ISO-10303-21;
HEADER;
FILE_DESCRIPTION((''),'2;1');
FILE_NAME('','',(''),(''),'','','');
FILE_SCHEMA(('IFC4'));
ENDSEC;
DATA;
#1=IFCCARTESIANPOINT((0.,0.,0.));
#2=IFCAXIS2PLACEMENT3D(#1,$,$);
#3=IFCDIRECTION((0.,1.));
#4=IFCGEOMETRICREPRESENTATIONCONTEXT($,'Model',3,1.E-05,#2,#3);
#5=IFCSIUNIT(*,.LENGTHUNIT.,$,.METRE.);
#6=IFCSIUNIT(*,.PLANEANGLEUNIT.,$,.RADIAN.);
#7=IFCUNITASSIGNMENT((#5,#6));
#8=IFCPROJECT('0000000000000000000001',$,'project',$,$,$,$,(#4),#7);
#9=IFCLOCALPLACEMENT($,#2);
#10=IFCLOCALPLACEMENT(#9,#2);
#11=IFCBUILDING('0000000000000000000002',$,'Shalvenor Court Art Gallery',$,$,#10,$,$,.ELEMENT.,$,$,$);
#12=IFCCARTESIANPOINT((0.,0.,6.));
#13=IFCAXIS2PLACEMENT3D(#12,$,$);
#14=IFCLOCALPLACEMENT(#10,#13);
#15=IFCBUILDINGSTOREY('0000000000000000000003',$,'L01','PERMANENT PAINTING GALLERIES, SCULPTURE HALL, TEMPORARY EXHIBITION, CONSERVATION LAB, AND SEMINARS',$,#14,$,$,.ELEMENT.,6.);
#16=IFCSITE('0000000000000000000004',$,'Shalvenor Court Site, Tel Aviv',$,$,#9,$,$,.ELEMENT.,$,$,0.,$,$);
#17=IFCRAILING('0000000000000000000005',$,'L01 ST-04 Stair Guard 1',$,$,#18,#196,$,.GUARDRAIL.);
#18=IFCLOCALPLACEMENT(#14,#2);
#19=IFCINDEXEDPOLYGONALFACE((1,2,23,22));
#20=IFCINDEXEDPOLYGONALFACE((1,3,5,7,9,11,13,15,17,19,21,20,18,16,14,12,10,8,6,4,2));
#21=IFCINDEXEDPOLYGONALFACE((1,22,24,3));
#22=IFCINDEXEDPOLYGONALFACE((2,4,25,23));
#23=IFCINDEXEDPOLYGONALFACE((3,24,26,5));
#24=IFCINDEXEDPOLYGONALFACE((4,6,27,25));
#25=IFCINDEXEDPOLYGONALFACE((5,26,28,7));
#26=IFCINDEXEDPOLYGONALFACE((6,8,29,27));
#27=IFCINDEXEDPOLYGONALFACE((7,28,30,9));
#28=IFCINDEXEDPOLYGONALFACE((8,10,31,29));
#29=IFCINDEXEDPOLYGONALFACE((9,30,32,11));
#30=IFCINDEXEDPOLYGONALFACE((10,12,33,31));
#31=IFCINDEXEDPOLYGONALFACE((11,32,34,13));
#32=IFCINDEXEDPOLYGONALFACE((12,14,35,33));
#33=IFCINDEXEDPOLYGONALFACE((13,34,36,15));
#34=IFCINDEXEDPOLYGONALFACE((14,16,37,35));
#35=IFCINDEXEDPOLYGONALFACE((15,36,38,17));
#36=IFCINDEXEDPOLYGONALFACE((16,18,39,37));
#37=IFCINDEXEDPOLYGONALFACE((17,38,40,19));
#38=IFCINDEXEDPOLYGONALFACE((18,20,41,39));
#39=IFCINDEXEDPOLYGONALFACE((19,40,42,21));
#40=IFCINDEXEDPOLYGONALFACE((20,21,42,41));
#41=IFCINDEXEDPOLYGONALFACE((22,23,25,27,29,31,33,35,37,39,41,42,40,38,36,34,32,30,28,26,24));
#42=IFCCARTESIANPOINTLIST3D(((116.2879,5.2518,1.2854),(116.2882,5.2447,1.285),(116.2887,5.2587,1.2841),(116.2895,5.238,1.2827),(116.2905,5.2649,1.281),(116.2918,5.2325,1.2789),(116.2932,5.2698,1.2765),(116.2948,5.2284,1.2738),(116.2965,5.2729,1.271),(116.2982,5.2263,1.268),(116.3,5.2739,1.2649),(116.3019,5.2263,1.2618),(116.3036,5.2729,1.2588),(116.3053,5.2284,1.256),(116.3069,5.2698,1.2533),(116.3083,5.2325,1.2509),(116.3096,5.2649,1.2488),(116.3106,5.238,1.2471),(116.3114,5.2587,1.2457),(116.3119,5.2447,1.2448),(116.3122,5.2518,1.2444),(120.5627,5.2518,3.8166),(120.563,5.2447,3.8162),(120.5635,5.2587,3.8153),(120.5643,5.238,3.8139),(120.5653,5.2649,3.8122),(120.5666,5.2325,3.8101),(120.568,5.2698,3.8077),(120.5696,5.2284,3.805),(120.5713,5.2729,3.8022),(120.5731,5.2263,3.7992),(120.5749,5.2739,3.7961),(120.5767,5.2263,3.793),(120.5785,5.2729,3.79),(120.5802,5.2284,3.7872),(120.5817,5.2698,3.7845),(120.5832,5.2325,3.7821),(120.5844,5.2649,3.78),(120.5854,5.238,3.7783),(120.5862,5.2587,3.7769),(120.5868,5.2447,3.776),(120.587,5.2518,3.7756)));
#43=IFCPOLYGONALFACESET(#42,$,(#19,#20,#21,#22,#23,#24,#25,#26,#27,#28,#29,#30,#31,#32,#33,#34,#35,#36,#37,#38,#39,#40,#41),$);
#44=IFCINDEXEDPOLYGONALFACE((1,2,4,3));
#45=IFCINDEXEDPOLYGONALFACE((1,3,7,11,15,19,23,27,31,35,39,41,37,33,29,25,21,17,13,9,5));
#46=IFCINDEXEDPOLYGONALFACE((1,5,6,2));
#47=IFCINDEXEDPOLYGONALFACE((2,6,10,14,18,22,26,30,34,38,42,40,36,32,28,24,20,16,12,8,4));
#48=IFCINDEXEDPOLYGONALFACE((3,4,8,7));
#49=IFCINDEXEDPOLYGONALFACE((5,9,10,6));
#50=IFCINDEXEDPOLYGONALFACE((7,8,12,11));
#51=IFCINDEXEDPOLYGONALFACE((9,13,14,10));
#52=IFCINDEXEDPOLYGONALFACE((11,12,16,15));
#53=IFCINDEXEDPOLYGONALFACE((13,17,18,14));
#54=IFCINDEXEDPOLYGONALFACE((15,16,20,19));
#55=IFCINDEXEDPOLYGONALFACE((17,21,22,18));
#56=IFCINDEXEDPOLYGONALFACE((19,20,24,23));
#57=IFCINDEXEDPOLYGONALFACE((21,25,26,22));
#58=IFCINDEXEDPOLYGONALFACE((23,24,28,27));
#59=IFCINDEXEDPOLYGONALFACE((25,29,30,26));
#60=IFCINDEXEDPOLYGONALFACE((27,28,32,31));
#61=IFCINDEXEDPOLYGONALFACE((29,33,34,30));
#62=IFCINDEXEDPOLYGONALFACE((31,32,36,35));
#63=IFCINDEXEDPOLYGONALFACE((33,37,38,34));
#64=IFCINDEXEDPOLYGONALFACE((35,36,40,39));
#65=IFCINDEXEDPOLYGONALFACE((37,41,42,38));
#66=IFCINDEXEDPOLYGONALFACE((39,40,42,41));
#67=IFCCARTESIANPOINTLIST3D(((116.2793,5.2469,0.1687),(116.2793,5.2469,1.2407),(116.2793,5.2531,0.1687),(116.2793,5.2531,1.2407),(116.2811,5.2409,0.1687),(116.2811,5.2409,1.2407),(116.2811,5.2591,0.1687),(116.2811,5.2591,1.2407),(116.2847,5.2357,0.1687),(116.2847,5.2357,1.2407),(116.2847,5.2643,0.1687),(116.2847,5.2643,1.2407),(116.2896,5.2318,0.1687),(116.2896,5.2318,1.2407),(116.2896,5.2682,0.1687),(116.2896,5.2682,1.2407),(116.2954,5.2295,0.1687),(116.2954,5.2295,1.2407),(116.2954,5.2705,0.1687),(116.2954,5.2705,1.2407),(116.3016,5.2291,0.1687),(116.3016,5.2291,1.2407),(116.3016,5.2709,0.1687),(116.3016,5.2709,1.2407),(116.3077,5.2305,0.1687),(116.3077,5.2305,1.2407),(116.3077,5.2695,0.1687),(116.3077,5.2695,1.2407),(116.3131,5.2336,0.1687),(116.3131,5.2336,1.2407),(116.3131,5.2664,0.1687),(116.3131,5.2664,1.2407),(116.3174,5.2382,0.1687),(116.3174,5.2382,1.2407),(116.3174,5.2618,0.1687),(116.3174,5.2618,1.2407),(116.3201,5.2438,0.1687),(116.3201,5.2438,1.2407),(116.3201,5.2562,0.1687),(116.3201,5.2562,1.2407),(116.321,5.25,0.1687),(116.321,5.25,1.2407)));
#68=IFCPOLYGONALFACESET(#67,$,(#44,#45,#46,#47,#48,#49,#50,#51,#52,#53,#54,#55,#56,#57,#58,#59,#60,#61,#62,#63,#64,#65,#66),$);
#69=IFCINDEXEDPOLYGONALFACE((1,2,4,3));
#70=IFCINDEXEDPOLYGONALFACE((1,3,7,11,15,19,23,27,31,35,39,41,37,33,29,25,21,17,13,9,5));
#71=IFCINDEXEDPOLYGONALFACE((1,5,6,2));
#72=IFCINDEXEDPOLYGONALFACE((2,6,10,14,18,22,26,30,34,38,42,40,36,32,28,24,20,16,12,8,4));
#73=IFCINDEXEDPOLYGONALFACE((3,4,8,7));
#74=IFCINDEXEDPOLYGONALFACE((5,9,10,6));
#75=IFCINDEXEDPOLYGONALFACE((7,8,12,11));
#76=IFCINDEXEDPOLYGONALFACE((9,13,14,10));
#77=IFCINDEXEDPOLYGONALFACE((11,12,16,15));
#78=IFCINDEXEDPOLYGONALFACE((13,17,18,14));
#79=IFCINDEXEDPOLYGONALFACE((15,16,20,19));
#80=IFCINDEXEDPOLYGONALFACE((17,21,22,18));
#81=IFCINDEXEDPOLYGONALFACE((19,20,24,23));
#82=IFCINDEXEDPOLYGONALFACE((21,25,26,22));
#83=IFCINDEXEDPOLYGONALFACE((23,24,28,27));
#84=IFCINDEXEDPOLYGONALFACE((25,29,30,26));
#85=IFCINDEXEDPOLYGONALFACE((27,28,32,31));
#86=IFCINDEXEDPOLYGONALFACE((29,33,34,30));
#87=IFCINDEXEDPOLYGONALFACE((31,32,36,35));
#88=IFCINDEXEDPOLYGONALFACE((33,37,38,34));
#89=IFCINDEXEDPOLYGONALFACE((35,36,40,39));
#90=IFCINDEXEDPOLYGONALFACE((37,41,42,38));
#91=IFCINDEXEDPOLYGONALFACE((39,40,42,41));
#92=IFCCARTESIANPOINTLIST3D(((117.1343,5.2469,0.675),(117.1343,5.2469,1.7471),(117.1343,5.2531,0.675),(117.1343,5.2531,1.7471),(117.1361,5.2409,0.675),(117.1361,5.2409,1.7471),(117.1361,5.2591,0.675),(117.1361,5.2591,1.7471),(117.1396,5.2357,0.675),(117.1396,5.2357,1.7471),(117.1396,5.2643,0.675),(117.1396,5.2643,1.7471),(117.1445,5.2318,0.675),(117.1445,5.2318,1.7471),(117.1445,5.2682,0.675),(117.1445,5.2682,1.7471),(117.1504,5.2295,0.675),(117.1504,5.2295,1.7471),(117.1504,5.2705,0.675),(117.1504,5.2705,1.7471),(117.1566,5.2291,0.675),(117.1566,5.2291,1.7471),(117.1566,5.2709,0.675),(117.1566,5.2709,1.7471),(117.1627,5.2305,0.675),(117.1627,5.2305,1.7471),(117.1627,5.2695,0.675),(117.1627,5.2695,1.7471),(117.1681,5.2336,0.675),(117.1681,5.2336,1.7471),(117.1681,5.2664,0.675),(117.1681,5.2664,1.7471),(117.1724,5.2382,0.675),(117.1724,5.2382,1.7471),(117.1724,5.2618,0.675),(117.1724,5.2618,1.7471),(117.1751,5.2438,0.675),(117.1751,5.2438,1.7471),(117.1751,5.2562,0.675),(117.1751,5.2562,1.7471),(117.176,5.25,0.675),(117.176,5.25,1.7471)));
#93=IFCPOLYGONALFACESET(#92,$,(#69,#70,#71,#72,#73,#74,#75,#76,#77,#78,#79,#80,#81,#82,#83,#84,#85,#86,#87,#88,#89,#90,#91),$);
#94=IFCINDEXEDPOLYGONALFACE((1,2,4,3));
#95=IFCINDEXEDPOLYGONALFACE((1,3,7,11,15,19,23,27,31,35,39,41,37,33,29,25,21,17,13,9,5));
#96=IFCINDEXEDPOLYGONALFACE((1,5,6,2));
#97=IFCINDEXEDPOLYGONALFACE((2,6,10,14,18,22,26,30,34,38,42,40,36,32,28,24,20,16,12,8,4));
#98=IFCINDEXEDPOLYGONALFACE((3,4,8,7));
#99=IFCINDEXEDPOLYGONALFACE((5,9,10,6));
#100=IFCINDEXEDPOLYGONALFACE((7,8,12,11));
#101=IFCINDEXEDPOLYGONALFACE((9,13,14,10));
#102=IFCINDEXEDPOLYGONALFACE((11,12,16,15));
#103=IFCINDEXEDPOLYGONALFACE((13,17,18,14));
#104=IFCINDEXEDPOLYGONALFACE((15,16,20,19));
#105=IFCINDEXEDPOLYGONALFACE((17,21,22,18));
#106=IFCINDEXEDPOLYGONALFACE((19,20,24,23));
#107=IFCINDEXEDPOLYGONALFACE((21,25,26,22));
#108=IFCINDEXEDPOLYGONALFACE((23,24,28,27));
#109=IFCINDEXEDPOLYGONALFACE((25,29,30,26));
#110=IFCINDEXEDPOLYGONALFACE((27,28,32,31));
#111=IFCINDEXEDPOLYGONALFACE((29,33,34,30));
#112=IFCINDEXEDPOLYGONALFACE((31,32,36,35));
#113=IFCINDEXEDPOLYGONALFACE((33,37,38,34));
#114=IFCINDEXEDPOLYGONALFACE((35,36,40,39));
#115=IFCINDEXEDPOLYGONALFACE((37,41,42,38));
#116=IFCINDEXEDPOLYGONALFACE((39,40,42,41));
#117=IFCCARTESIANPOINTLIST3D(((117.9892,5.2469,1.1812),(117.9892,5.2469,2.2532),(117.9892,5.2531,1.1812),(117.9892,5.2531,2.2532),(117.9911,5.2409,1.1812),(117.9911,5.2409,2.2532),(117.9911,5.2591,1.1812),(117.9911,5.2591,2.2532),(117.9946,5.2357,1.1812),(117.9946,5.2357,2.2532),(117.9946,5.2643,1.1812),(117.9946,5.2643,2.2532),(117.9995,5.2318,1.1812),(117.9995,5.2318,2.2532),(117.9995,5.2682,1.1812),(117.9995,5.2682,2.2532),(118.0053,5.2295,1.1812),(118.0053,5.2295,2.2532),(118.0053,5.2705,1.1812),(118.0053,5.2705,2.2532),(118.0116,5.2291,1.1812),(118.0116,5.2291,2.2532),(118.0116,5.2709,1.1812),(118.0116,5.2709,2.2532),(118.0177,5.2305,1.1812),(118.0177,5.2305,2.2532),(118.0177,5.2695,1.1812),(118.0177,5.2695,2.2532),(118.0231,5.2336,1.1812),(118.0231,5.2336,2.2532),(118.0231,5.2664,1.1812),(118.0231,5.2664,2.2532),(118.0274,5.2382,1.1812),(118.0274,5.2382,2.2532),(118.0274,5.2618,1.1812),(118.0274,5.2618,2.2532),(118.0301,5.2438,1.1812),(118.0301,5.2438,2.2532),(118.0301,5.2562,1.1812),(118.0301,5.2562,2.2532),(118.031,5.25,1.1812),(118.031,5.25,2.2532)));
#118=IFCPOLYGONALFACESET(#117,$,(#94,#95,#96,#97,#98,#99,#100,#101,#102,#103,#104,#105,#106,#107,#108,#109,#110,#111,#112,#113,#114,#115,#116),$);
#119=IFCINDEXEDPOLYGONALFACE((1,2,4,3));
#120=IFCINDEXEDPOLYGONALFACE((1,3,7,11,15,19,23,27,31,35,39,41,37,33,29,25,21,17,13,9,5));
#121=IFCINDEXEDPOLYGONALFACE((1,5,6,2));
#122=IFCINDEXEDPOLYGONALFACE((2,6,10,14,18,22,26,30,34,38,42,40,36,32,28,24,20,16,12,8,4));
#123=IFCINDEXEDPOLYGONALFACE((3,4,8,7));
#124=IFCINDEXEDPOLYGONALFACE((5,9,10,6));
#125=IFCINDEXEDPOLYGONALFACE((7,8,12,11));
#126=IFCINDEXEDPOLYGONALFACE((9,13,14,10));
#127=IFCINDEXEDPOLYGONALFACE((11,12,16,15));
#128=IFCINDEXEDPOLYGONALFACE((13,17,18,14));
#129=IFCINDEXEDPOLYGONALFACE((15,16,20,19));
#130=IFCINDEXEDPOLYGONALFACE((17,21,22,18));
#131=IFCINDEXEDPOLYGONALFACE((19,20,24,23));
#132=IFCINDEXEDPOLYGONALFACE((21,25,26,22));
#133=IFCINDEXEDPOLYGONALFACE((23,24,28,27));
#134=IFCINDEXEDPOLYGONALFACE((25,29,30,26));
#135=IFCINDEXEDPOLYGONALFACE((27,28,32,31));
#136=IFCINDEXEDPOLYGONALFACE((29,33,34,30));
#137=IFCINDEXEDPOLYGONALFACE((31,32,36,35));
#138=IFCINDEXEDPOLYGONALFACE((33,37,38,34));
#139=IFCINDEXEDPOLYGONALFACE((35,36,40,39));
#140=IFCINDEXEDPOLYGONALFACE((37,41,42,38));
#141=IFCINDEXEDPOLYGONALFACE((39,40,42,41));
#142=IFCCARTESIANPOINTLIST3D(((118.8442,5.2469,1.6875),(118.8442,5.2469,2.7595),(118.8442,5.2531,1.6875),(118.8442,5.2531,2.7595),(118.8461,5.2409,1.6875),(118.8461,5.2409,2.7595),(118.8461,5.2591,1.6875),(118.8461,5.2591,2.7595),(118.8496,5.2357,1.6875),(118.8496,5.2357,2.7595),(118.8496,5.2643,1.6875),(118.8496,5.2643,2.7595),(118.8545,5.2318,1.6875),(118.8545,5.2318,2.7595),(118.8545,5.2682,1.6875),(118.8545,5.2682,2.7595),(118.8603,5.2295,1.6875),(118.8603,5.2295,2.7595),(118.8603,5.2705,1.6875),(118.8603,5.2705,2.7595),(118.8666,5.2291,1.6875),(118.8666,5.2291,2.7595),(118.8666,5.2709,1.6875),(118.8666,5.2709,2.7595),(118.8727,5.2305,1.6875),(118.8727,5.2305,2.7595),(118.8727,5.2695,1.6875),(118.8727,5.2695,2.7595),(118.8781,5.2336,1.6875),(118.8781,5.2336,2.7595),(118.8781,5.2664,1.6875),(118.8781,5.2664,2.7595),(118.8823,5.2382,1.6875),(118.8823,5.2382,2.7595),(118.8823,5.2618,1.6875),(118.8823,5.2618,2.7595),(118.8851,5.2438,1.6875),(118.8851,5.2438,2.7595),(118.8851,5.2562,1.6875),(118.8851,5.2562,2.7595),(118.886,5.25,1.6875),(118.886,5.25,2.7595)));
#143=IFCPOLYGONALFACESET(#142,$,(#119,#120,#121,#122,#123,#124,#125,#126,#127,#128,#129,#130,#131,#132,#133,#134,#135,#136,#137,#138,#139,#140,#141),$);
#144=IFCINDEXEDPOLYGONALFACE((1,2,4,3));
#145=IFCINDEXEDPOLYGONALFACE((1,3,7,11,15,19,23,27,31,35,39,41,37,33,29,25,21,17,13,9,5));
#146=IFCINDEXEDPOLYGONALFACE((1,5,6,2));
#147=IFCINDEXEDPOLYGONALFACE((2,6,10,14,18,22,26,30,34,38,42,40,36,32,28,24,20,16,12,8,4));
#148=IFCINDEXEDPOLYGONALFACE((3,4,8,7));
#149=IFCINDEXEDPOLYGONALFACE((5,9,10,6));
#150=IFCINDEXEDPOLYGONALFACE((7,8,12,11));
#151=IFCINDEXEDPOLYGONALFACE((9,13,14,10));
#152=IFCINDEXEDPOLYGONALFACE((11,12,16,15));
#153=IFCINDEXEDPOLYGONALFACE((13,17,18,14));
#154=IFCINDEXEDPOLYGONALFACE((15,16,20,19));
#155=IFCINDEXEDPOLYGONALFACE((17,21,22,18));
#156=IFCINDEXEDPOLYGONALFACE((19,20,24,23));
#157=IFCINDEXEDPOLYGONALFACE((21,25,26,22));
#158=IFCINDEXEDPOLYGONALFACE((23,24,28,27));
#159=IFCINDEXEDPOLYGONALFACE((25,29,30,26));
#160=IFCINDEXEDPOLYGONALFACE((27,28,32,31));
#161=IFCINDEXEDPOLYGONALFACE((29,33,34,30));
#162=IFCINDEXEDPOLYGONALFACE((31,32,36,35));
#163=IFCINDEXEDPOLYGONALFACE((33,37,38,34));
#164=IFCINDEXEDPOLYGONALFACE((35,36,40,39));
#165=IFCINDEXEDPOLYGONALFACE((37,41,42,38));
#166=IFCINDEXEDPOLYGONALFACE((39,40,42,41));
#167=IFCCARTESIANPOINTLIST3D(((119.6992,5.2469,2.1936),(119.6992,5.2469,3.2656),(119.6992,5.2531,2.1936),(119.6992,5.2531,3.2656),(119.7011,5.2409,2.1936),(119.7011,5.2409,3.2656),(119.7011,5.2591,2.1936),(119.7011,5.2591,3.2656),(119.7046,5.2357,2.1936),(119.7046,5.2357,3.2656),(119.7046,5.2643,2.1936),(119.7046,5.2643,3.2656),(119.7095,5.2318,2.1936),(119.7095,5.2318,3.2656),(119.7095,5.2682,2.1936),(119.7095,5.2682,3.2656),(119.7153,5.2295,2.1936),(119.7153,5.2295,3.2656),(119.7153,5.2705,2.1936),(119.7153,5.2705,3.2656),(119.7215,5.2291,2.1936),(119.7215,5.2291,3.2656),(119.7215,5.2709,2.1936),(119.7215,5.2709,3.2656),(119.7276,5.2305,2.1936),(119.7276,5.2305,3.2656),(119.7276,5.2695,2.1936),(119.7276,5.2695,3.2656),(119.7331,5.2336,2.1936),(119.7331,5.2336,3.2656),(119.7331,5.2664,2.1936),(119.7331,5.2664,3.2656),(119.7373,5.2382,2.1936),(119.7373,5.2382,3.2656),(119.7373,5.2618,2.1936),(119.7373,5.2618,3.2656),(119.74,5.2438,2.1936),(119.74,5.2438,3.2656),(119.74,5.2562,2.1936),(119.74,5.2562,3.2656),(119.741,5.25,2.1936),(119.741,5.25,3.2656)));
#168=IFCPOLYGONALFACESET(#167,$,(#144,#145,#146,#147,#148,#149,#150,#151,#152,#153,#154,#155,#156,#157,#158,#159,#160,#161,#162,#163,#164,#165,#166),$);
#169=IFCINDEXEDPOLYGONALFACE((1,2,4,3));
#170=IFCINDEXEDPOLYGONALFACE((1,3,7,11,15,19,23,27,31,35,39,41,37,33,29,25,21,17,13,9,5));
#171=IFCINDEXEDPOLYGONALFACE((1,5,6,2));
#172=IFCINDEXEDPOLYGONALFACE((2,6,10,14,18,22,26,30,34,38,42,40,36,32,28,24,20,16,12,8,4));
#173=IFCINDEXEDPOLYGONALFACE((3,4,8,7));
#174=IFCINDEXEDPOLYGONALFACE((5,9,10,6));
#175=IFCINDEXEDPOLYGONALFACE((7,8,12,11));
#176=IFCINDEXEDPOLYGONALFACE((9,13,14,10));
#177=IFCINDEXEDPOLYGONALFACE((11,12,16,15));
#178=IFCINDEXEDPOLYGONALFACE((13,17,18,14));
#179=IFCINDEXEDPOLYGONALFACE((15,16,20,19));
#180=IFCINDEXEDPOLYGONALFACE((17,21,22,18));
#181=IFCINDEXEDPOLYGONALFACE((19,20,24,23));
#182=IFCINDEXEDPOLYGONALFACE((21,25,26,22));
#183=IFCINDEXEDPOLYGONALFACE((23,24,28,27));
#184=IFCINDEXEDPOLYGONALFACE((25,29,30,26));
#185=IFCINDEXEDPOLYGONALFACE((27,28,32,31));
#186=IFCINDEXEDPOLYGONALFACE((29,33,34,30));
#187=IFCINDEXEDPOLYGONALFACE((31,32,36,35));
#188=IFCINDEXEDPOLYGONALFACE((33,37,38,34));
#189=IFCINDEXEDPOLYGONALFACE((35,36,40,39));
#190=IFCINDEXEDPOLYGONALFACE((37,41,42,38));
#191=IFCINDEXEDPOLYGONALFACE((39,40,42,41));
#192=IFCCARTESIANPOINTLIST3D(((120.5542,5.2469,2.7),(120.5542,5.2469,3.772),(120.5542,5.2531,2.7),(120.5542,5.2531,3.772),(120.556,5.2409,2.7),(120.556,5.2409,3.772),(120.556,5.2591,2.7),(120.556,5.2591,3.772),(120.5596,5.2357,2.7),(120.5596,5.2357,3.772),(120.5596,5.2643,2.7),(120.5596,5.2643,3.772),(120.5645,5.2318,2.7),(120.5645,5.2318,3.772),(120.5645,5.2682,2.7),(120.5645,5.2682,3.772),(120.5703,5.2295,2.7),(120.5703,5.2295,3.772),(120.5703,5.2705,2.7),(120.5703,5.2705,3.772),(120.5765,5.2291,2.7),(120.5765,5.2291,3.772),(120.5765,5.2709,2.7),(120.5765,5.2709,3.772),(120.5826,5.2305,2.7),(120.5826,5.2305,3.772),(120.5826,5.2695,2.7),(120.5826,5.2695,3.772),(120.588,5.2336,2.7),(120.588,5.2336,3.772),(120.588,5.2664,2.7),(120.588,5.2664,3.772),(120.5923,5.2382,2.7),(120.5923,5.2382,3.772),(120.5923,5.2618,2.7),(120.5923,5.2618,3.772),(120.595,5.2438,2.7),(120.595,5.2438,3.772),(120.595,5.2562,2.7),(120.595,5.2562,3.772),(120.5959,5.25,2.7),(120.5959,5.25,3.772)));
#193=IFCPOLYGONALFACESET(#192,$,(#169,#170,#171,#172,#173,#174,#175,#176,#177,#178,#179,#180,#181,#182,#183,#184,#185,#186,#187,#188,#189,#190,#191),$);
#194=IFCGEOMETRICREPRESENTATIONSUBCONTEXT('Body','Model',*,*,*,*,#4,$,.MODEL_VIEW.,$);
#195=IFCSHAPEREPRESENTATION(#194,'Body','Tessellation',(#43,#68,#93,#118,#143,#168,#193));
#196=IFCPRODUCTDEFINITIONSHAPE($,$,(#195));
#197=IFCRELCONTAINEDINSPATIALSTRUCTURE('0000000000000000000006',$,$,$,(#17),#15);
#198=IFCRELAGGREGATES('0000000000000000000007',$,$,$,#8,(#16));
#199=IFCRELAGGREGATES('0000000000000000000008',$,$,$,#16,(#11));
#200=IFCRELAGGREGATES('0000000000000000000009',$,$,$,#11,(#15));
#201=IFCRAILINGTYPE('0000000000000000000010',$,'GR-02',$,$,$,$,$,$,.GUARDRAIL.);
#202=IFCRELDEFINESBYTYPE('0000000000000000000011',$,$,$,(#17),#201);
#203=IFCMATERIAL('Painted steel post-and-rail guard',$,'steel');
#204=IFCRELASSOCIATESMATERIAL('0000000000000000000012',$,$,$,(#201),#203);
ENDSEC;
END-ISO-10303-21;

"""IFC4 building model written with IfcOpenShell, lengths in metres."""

from ifc_helpers import new_model, si_unit, direction, frame, origin, origin_2d, place, context, subcontext, project, spatial, circle, extrude, material, type_object, element, save


model = new_model("IFC4")

# Units and contexts
model_context = context("Model", 3, precision=1e-05, world=origin(), true_north=direction((0.0, 1.0)))
body_context = subcontext(model_context, "Body", "Model", "MODEL_VIEW")
ifc_project = project(units=[si_unit("LENGTHUNIT", "METRE"), si_unit("PLANEANGLEUNIT", "RADIAN")], contexts=[model_context])

# Site, building, storey
site_placement = place(None, origin())
site = spatial("IfcSite", under=ifc_project, at=site_placement, Name="Shalvenor Court Site, Tel Aviv", CompositionType="ELEMENT", RefElevation=0.0)
building_placement = place(site_placement, origin())
building = spatial("IfcBuilding", under=site, at=building_placement, Name="Shalvenor Court Art Gallery", CompositionType="ELEMENT")
storey_placement = place(building_placement, frame((0.0, 0.0, 6.0)))
storey = spatial("IfcBuildingStorey", under=building, at=storey_placement, Name="L01", Description="PERMANENT PAINTING GALLERIES, SCULPTURE HALL, TEMPORARY EXHIBITION, CONSERVATION LAB, AND SEMINARS", CompositionType="ELEMENT", Elevation=6.0)

# Railing
ifc_material_1 = material(Name="Painted steel post-and-rail guard", Category="steel")
railing_type_1 = type_object("IfcRailingType", Name="GR-02", PredefinedType="GUARDRAIL", material=ifc_material_1)
railing_1_placement = place(storey_placement, frame((116.3, 5.25, 0.1687)))
element("IfcRailing", 1, at=railing_1_placement, inside=storey, type_object=railing_type_1, Name="L01 ST-04 Stair Guard 1", PredefinedType="GUARDRAIL", context=body_context, shape_type="SweptSolid", body=[
    extrude(circle(Radius=0.0239, at=origin_2d()), frame((0.0, 0.0, 1.0962), z_axis=(0.86047, 0.0, 0.509501), x_axis=(0.0, 1.0, 0.0)), (0.0, 0.0, 1.0), 4.968),
    extrude(circle(Radius=0.021, at=origin_2d()), origin(), (0.0, 0.0, 1.0), 1.072),
    extrude(circle(Radius=0.021, at=origin_2d()), frame((0.855, 0.0, 0.5063)), (0.0, 0.0, 1.0), 1.072),
    extrude(circle(Radius=0.021, at=origin_2d()), frame((1.71, 0.0, 1.0125)), (0.0, 0.0, 1.0), 1.072),
    extrude(circle(Radius=0.021, at=origin_2d()), frame((2.5649, 0.0, 1.5188)), (0.0, 0.0, 1.0), 1.072),
    extrude(circle(Radius=0.021, at=origin_2d()), frame((3.4199, 0.0, 2.0249)), (0.0, 0.0, 1.0), 1.072),
    extrude(circle(Radius=0.021, at=origin_2d()), frame((4.2749, 0.0, 2.5312)), (0.0, 0.0, 1.0), 1.072),
])

save(model, "model.ifc")
